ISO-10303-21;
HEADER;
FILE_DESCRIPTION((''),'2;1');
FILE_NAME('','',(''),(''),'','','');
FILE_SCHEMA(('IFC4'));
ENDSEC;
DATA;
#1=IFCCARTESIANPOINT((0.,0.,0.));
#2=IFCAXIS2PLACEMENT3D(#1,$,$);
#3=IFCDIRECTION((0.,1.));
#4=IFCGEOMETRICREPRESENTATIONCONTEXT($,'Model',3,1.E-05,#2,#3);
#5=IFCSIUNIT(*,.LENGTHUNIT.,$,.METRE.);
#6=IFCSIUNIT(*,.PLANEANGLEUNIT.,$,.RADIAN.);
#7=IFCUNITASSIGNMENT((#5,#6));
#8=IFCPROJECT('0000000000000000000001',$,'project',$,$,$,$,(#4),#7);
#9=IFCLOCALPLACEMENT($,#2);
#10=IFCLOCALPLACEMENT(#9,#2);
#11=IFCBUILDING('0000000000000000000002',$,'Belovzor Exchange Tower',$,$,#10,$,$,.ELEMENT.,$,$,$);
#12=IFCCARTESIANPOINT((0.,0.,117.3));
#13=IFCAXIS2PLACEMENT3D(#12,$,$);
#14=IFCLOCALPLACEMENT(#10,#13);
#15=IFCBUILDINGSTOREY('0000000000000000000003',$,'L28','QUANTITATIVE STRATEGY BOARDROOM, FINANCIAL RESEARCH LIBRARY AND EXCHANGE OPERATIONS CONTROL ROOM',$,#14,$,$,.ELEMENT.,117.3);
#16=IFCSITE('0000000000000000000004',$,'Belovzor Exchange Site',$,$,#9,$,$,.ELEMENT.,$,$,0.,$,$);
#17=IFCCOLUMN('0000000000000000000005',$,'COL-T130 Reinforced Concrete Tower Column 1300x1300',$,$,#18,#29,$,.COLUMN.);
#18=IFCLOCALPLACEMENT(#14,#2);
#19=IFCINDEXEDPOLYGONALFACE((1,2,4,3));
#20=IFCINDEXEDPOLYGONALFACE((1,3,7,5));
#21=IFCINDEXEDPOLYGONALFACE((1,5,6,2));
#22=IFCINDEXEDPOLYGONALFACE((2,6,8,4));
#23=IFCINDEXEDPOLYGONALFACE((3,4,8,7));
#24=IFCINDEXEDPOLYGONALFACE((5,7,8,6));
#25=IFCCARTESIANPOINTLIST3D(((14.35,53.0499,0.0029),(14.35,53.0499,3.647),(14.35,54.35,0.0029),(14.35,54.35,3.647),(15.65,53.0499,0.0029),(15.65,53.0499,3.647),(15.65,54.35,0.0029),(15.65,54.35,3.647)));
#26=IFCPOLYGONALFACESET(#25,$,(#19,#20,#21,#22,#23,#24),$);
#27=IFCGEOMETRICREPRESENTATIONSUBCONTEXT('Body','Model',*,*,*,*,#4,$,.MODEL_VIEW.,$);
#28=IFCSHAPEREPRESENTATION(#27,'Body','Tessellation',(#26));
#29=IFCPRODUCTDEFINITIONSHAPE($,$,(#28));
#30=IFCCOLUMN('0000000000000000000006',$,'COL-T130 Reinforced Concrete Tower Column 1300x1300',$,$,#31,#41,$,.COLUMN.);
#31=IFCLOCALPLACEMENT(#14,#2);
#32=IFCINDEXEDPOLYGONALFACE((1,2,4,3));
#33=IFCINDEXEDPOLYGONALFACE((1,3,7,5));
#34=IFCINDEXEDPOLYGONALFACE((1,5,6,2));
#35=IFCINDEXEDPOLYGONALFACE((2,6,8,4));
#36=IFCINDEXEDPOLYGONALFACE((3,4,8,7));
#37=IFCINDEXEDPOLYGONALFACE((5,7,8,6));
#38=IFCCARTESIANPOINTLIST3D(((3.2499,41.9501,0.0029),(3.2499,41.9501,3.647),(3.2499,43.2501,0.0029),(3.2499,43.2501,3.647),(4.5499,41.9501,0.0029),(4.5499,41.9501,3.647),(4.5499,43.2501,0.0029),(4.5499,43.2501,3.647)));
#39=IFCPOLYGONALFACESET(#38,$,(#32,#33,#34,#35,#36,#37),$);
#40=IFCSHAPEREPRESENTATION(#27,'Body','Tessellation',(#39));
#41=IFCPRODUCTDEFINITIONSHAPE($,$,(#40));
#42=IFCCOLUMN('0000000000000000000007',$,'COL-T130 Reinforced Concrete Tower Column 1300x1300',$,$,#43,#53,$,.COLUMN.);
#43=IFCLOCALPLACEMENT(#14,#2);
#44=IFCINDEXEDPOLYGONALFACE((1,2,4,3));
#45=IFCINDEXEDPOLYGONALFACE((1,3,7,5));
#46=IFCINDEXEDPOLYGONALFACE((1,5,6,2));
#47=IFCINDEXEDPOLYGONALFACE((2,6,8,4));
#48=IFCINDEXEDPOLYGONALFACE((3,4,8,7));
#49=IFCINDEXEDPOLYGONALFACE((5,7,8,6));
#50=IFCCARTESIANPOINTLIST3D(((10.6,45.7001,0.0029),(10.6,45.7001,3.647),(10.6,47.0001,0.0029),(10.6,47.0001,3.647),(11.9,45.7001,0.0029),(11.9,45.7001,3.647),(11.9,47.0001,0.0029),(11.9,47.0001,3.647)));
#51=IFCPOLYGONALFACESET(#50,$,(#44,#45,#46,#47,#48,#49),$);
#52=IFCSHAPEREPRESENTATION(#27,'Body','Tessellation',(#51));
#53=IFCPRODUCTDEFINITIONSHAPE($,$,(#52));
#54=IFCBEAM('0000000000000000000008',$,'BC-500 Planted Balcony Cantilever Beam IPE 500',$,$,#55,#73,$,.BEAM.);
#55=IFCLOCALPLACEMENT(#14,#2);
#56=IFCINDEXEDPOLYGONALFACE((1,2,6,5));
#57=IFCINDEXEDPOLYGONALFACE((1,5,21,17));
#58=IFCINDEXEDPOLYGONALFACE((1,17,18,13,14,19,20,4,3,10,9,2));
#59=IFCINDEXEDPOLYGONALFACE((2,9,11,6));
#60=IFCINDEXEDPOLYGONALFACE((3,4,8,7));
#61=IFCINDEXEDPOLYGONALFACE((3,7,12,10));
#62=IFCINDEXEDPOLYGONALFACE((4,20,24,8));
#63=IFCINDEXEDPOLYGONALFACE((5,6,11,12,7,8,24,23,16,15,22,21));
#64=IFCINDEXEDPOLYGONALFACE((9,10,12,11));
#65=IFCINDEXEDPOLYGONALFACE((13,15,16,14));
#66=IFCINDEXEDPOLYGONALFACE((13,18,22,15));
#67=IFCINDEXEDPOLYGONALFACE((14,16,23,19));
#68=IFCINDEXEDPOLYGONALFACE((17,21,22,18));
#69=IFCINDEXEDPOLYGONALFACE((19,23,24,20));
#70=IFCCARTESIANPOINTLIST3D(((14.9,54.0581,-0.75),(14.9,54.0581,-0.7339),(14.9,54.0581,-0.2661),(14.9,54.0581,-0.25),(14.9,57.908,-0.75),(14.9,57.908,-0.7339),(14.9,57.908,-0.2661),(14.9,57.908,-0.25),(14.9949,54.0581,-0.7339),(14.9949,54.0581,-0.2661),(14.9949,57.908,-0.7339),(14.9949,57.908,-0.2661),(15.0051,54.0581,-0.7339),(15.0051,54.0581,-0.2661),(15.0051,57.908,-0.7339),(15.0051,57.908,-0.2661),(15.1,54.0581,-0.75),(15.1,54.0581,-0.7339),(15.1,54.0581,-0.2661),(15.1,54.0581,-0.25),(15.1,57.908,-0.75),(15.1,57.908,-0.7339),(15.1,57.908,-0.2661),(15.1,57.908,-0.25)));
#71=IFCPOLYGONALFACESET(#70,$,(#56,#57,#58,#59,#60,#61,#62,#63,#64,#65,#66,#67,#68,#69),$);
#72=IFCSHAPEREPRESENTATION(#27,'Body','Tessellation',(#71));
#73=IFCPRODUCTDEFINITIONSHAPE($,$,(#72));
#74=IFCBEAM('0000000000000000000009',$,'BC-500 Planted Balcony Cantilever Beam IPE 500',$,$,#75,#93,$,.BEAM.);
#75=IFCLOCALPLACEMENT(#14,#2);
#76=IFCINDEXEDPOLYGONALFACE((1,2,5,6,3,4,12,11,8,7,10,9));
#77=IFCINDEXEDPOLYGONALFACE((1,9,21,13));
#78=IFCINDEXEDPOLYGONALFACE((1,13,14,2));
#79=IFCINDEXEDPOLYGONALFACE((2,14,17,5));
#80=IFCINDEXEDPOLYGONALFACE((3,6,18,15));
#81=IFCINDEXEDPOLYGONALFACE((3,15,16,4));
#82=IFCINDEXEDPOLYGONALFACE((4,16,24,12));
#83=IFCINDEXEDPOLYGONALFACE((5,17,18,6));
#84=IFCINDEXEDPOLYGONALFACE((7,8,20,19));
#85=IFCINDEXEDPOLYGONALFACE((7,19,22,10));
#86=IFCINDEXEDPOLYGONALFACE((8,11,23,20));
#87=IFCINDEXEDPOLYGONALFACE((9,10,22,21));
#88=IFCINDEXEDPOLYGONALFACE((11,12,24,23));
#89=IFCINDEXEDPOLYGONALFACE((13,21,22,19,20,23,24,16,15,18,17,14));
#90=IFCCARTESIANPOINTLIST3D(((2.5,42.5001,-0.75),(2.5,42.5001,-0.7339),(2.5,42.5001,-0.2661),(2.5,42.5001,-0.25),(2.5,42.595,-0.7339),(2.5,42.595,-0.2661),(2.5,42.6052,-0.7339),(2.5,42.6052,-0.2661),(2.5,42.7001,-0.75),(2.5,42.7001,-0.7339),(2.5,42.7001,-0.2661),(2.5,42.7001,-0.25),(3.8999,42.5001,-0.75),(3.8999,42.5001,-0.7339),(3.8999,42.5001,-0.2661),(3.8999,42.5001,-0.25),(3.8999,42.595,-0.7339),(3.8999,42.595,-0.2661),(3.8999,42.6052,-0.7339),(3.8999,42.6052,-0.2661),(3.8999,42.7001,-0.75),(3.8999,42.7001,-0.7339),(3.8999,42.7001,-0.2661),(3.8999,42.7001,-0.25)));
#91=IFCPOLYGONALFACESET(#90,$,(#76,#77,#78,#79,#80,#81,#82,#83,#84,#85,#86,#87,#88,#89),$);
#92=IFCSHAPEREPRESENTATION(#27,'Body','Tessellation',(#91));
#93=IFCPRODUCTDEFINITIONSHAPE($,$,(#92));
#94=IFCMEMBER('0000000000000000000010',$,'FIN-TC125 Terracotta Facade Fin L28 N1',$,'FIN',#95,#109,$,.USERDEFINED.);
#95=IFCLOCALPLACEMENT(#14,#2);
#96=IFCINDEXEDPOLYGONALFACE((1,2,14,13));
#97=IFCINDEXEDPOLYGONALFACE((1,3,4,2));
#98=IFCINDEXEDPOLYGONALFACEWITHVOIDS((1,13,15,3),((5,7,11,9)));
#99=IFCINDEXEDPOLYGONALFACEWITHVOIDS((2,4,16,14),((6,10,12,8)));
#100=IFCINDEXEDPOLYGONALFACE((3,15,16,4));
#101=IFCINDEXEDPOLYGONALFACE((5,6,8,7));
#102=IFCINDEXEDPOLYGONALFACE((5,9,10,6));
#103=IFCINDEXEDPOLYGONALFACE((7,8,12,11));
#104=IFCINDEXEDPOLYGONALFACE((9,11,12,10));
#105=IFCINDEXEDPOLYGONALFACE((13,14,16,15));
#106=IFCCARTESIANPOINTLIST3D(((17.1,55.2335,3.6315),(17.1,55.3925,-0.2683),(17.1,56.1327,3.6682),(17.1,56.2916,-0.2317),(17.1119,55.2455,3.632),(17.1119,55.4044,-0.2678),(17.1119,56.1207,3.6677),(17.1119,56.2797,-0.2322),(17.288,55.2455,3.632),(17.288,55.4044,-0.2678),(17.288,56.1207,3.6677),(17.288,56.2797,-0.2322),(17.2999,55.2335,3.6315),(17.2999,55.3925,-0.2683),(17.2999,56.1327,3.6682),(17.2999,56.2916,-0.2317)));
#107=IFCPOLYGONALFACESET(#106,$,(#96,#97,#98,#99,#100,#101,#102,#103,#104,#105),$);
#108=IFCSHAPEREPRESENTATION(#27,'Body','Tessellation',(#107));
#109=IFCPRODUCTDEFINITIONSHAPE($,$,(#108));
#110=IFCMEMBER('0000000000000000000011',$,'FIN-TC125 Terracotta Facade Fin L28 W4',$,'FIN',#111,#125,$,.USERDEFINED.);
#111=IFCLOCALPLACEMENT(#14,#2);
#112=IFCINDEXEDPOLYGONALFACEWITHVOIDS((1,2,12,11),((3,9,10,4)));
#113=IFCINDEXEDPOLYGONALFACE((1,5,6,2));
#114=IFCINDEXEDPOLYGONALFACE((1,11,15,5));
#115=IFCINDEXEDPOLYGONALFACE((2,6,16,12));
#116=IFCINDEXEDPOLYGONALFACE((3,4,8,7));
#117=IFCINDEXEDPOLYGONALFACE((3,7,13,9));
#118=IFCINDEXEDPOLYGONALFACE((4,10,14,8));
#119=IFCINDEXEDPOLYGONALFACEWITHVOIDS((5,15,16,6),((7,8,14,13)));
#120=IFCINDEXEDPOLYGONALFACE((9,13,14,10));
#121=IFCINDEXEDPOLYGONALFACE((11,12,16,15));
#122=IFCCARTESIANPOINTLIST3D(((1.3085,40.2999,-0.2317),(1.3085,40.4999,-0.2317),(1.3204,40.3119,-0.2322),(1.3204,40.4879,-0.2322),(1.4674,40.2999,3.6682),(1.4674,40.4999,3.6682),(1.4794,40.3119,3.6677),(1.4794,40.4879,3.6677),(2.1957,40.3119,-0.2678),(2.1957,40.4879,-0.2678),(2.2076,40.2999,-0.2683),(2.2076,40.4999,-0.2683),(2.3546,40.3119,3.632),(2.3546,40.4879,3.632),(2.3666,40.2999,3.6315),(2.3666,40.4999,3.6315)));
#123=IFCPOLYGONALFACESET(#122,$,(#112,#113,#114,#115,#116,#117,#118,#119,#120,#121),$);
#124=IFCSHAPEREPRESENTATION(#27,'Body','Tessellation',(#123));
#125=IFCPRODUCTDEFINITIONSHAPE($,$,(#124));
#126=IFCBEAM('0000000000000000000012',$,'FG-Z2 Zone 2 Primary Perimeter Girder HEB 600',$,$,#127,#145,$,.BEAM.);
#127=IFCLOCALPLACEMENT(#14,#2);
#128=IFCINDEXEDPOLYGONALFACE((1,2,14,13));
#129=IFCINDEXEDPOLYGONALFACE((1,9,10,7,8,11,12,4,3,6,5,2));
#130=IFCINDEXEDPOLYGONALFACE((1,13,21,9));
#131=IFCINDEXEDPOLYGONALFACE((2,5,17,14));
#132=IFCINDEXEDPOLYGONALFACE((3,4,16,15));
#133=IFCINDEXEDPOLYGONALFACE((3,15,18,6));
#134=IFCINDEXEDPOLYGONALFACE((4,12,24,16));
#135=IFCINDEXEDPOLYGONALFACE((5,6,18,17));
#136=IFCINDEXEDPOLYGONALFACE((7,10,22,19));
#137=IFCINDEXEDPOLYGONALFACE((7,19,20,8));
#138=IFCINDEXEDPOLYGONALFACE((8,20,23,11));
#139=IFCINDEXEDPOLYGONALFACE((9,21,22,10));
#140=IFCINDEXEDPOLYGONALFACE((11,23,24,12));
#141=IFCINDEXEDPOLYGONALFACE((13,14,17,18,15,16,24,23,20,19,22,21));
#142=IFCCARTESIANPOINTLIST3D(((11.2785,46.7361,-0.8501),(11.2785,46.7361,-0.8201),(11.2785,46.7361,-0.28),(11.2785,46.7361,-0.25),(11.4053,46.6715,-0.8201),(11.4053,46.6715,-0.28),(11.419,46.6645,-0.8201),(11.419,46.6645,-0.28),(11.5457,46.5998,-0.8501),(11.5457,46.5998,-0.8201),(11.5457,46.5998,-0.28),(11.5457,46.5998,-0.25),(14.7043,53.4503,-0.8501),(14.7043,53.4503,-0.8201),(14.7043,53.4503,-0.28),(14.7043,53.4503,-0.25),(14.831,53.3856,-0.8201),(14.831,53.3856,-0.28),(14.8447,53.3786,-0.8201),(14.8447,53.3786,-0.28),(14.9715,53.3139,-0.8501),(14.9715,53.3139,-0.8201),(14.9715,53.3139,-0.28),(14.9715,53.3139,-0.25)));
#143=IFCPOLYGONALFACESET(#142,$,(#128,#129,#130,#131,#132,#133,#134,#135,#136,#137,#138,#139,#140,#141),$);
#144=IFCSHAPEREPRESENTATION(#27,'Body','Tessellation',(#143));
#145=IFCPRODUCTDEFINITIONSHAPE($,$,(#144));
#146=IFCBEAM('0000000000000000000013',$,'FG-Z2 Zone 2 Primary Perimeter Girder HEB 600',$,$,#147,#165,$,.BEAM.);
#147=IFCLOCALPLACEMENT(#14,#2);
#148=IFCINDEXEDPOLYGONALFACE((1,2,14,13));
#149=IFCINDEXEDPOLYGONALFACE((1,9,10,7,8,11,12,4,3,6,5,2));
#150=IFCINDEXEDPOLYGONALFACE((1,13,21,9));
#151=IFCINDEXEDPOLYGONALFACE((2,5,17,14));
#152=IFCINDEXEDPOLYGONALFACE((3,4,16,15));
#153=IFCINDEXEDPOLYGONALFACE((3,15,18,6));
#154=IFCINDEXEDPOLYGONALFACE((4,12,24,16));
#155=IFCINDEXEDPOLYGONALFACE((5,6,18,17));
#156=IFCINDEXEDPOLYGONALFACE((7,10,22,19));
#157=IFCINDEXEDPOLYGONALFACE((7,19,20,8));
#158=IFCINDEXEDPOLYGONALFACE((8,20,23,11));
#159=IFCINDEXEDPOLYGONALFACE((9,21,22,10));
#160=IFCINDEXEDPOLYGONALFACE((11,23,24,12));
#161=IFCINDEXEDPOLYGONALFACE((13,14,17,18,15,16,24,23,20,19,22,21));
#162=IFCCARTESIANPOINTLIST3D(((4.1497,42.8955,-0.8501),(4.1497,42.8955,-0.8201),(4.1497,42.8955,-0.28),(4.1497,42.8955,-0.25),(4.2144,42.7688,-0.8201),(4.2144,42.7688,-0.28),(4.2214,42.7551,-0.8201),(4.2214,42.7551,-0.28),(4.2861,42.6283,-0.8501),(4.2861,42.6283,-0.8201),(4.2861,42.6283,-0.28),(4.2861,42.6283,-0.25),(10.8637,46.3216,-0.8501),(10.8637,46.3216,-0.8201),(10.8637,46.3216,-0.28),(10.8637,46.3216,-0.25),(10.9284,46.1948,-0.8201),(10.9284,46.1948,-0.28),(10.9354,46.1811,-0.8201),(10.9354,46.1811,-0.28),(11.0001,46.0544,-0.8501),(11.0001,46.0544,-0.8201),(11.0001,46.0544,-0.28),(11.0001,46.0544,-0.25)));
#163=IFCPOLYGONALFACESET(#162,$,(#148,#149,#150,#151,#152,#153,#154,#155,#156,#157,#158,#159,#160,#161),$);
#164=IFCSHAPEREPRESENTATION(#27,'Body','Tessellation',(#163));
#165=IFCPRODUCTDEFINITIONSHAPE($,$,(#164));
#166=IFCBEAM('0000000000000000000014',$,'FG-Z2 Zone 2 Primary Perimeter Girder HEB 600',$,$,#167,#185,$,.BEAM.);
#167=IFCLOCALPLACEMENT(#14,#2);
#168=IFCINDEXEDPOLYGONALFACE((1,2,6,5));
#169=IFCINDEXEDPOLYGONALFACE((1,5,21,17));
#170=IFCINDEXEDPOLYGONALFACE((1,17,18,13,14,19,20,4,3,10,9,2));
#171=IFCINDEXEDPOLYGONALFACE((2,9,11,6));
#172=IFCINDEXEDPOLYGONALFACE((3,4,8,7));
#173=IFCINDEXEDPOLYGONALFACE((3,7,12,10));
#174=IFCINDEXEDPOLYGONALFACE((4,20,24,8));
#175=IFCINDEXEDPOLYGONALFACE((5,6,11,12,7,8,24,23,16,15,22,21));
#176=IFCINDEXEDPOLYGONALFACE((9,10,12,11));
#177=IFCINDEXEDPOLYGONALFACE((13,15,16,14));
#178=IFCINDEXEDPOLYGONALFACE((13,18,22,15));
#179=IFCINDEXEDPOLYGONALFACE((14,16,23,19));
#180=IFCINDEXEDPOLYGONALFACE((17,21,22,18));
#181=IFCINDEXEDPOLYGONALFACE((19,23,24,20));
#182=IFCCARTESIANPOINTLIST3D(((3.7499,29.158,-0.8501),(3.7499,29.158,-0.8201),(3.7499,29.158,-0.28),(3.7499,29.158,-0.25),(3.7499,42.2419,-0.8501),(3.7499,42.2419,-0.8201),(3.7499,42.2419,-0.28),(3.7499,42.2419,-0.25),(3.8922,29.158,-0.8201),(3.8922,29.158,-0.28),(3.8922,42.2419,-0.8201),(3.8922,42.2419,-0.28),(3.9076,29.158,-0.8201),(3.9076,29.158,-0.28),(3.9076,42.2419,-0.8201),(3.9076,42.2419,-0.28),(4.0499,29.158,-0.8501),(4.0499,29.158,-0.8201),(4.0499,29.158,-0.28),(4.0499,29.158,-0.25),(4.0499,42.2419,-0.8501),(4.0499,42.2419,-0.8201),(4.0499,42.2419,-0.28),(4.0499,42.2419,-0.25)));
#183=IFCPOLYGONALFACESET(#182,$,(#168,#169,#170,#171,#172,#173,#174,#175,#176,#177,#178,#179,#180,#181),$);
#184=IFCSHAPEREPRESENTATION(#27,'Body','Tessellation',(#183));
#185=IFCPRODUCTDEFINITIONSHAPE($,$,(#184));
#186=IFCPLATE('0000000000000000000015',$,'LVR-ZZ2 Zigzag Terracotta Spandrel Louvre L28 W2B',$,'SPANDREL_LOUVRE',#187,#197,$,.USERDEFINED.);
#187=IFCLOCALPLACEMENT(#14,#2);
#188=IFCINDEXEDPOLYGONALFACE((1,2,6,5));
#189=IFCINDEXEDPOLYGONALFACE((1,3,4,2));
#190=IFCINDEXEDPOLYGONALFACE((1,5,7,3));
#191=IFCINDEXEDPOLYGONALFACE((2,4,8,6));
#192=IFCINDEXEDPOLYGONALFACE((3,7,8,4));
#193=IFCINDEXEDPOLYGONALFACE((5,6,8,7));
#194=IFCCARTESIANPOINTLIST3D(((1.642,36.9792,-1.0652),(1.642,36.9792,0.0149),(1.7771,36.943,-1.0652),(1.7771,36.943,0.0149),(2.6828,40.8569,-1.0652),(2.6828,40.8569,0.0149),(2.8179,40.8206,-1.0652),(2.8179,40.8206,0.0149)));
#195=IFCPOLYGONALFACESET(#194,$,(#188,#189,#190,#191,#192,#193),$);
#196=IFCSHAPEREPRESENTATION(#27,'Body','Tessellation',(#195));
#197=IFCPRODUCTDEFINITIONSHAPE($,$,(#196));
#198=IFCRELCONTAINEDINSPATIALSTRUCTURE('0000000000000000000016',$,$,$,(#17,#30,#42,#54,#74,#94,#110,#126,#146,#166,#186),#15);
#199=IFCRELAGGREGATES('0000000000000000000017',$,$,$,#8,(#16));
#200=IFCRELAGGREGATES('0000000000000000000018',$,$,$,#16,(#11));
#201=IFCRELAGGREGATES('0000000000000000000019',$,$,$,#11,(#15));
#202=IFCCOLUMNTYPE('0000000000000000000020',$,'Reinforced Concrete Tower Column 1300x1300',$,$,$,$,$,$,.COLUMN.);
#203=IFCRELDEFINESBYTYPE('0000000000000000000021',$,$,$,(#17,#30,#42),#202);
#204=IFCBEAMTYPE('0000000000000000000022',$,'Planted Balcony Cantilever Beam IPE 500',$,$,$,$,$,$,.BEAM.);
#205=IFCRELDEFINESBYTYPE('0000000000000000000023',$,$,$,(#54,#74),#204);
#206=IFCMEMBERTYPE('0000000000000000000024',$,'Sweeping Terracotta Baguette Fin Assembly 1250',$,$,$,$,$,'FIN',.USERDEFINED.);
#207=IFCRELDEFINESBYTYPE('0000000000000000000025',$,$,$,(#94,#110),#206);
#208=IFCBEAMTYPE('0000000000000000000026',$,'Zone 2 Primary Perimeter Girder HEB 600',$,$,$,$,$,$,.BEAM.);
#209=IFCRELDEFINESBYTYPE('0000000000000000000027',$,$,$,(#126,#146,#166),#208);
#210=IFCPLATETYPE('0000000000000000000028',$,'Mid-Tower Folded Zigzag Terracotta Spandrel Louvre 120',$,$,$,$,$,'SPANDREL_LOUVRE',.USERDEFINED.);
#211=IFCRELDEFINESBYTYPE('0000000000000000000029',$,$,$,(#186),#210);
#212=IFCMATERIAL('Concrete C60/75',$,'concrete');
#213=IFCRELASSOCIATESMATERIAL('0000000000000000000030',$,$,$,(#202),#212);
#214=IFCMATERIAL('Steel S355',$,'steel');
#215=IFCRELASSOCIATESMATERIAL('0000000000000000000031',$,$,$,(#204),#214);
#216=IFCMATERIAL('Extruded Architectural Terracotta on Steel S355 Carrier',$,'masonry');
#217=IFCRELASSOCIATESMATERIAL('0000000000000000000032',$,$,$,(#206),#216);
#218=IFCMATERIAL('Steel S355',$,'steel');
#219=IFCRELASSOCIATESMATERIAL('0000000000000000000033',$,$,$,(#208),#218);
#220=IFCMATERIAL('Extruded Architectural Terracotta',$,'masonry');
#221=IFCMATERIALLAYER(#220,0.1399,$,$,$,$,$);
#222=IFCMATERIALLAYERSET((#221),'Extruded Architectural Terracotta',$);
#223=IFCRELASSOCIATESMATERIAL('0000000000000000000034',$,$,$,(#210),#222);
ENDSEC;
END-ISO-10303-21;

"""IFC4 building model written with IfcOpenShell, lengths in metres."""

from ifc_helpers import new_model, si_unit, direction, frame, origin, origin_2d, place, context, subcontext, project, spatial, rectangle, hollow_rectangle, i_section, extrude, material, layer, layer_set, material_profile, profile_set, type_object, element, save


model = new_model("IFC4")

# Units and contexts
model_context = context("Model", 3, precision=1e-05, world=origin(), true_north=direction((0.0, 1.0)))
body_context = subcontext(model_context, "Body", "Model", "MODEL_VIEW")
ifc_project = project(units=[si_unit("LENGTHUNIT", "METRE"), si_unit("PLANEANGLEUNIT", "RADIAN")], contexts=[model_context])

# Site, building, storey
site_placement = place(None, origin())
site = spatial("IfcSite", under=ifc_project, at=site_placement, Name="Belovzor Exchange Site", CompositionType="ELEMENT", RefElevation=0.0)
building_placement = place(site_placement, origin())
building = spatial("IfcBuilding", under=site, at=building_placement, Name="Belovzor Exchange Tower", CompositionType="ELEMENT")
storey_placement = place(building_placement, frame((0.0, 0.0, 117.3)))
storey = spatial("IfcBuildingStorey", under=building, at=storey_placement, Name="L28", Description="QUANTITATIVE STRATEGY BOARDROOM, FINANCIAL RESEARCH LIBRARY AND EXCHANGE OPERATIONS CONTROL ROOM", CompositionType="ELEMENT", Elevation=117.3)

# Columns
ifc_material_1 = material(Name="Concrete C60/75", Category="concrete")
ifc_material_profile_1 = material_profile(ifc_material_1, rectangle(XDim=1.3, YDim=1.3, at=origin_2d()))
ifc_profile_set_1 = profile_set([ifc_material_profile_1], Name="Concrete C60/75")
column_type = type_object("IfcColumnType", Name="Reinforced Concrete Tower Column 1300x1300", PredefinedType="COLUMN", material=ifc_profile_set_1)
for number, where, z_axis, x_axis, name in (
    (1, (15.0, 53.7, 0.0029), (0.0, 0.0, 1.0), (1.0, 0.0, 0.0), "COL-T130 Reinforced Concrete Tower Column 1300x1300"),
    (2, (3.8999, 42.6001, 0.0029), (0.0, 0.0, 1.0), (1.0, 0.0, 0.0), "COL-T130 Reinforced Concrete Tower Column 1300x1300"),
    (3, (11.25, 46.3501, 0.0029), (0.0, 0.0, 1.0), (1.0, 0.0, 0.0), "COL-T130 Reinforced Concrete Tower Column 1300x1300"),
):
    element("IfcColumn", number, at=place(storey_placement, frame(where, z_axis=z_axis, x_axis=x_axis)), inside=storey, type_object=column_type, Name=name, PredefinedType="COLUMN", context=body_context, shape_type="SweptSolid", body=[
        extrude(rectangle(XDim=1.3, YDim=1.3, at=origin_2d()), origin(), (0.0, 0.0, 1.0), 3.644),
    ])

# Beams
ifc_material_2 = material(Name="Steel S355", Category="steel")
ifc_material_profile_2 = material_profile(ifc_material_2, i_section(OverallWidth=0.2, OverallDepth=0.5, WebThickness=0.0103, FlangeThickness=0.0161, at=origin_2d()))
ifc_profile_set_2 = profile_set([ifc_material_profile_2], Name="Steel S355")
beam_type_1 = type_object("IfcBeamType", Name="Planted Balcony Cantilever Beam IPE 500", PredefinedType="BEAM", material=ifc_profile_set_2)
beam_1_placement = place(storey_placement, frame((15.0, 54.0581, -0.5), z_axis=(0.0, 1.0, 0.0), x_axis=(-1.0, 0.0, 0.0)))
element("IfcBeam", 4, at=beam_1_placement, inside=storey, type_object=beam_type_1, Name="BC-500 Planted Balcony Cantilever Beam IPE 500", PredefinedType="BEAM", context=body_context, shape_type="SweptSolid", body=[
    extrude(i_section(OverallWidth=0.2, OverallDepth=0.5, WebThickness=0.0103, FlangeThickness=0.0161, at=origin_2d()), origin(), (0.0, 0.0, 1.0), 3.8499),
])
beam_2_placement = place(storey_placement, frame((3.8999, 42.6001, -0.5), z_axis=(-1.0, 0.0, 0.0), x_axis=(0.0, -1.0, 0.0)))
element("IfcBeam", 5, at=beam_2_placement, inside=storey, type_object=beam_type_1, Name="BC-500 Planted Balcony Cantilever Beam IPE 500", PredefinedType="BEAM", context=body_context, shape_type="SweptSolid", body=[
    extrude(i_section(OverallWidth=0.2, OverallDepth=0.5, WebThickness=0.0103, FlangeThickness=0.0161, at=origin_2d()), origin(), (0.0, 0.0, 1.0), 1.3999),
])

# Members
ifc_material_3 = material(Name="Extruded Architectural Terracotta on Steel S355 Carrier", Category="masonry")
ifc_material_profile_3 = material_profile(ifc_material_3, hollow_rectangle(XDim=0.2, YDim=0.8999, WallThickness=0.012, at=origin_2d()))
ifc_profile_set_3 = profile_set([ifc_material_profile_3], Name="Extruded Architectural Terracotta on Steel S355 Carrier")
member_type = type_object("IfcMemberType", Name="Sweeping Terracotta Baguette Fin Assembly 1250", ElementType="FIN", PredefinedType="USERDEFINED", material=ifc_profile_set_3)
for number, where, z_axis, x_axis, name in (
    (6, (17.2, 55.842, -0.25), (0.0, -0.04072, 0.999171), (1.0, 0.0, 0.0), "FIN-TC125 Terracotta Facade Fin L28 N1"),
    (7, (1.7581, 40.3999, -0.25), (0.04072, 0.0, 0.999171), (0.0, 1.0, 0.0), "FIN-TC125 Terracotta Facade Fin L28 W4"),
):
    element("IfcMember", number, at=place(storey_placement, frame(where, z_axis=z_axis, x_axis=x_axis)), inside=storey, type_object=member_type, Name=name, ObjectType="FIN", PredefinedType="USERDEFINED", context=body_context, shape_type="SweptSolid", body=[
        extrude(hollow_rectangle(XDim=0.2, YDim=0.8999, WallThickness=0.012, at=origin_2d()), origin(), (0.0, 0.0, 1.0), 3.9031),
    ])

# Beams
ifc_material_4 = material(Name="Steel S355", Category="steel")
ifc_material_profile_4 = material_profile(ifc_material_4, i_section(OverallWidth=0.3, OverallDepth=0.6001, WebThickness=0.0154, FlangeThickness=0.03, at=origin_2d()))
ifc_profile_set_4 = profile_set([ifc_material_profile_4], Name="Steel S355")
beam_type_2 = type_object("IfcBeamType", Name="Zone 2 Primary Perimeter Girder HEB 600", PredefinedType="BEAM", material=ifc_profile_set_4)
for number, where, z_axis, x_axis, name in (
    (8, (14.8379, 53.3821, -0.55), (-0.454493, -0.89075, 0.0), (0.89075, -0.454493, 0.0), "FG-Z2 Zone 2 Primary Perimeter Girder HEB 600"),
    (9, (10.9319, 46.188, -0.55), (-0.890731, -0.454532, 0.0), (0.454532, -0.890731, 0.0), "FG-Z2 Zone 2 Primary Perimeter Girder HEB 600"),
):
    element("IfcBeam", number, at=place(storey_placement, frame(where, z_axis=z_axis, x_axis=x_axis)), inside=storey, type_object=beam_type_2, Name=name, PredefinedType="BEAM", context=body_context, shape_type="SweptSolid", body=[
        extrude(i_section(OverallWidth=0.3, OverallDepth=0.6001, WebThickness=0.0154, FlangeThickness=0.03, at=origin_2d()), origin(), (0.0, 0.0, 1.0), 7.5376),
    ])
beam_3_placement = place(storey_placement, frame((3.8999, 42.2419, -0.55), z_axis=(0.0, -1.0, 0.0), x_axis=(1.0, 0.0, 0.0)))
element("IfcBeam", 10, at=beam_3_placement, inside=storey, type_object=beam_type_2, Name="FG-Z2 Zone 2 Primary Perimeter Girder HEB 600", PredefinedType="BEAM", context=body_context, shape_type="SweptSolid", body=[
    extrude(i_section(OverallWidth=0.3, OverallDepth=0.6001, WebThickness=0.0154, FlangeThickness=0.03, at=origin_2d()), origin(), (0.0, 0.0, 1.0), 13.084),
])

# Plate
ifc_material_5 = material(Name="Extruded Architectural Terracotta", Category="masonry")
ifc_layer_1 = layer(ifc_material_5, 0.1399)
ifc_layer_set_1 = layer_set([ifc_layer_1], Name="Extruded Architectural Terracotta")
plate_type = type_object("IfcPlateType", Name="Mid-Tower Folded Zigzag Terracotta Spandrel Louvre 120", ElementType="SPANDREL_LOUVRE", PredefinedType="USERDEFINED", material=ifc_layer_set_1)
plate_placement = place(storey_placement, frame((2.23, 38.8999, -1.0652), z_axis=(0.0, 0.0, 1.0), x_axis=(0.25924, 0.965813, 0.0)))
element("IfcPlate", 11, at=plate_placement, inside=storey, type_object=plate_type, Name="LVR-ZZ2 Zigzag Terracotta Spandrel Louvre L28 W2B", ObjectType="SPANDREL_LOUVRE", PredefinedType="USERDEFINED", context=body_context, shape_type="SweptSolid", body=[
    extrude(rectangle(XDim=4.0149, YDim=0.1399, at=origin_2d()), origin(), (0.0, 0.0, 1.0), 1.0801),
])

save(model, "model.ifc")
